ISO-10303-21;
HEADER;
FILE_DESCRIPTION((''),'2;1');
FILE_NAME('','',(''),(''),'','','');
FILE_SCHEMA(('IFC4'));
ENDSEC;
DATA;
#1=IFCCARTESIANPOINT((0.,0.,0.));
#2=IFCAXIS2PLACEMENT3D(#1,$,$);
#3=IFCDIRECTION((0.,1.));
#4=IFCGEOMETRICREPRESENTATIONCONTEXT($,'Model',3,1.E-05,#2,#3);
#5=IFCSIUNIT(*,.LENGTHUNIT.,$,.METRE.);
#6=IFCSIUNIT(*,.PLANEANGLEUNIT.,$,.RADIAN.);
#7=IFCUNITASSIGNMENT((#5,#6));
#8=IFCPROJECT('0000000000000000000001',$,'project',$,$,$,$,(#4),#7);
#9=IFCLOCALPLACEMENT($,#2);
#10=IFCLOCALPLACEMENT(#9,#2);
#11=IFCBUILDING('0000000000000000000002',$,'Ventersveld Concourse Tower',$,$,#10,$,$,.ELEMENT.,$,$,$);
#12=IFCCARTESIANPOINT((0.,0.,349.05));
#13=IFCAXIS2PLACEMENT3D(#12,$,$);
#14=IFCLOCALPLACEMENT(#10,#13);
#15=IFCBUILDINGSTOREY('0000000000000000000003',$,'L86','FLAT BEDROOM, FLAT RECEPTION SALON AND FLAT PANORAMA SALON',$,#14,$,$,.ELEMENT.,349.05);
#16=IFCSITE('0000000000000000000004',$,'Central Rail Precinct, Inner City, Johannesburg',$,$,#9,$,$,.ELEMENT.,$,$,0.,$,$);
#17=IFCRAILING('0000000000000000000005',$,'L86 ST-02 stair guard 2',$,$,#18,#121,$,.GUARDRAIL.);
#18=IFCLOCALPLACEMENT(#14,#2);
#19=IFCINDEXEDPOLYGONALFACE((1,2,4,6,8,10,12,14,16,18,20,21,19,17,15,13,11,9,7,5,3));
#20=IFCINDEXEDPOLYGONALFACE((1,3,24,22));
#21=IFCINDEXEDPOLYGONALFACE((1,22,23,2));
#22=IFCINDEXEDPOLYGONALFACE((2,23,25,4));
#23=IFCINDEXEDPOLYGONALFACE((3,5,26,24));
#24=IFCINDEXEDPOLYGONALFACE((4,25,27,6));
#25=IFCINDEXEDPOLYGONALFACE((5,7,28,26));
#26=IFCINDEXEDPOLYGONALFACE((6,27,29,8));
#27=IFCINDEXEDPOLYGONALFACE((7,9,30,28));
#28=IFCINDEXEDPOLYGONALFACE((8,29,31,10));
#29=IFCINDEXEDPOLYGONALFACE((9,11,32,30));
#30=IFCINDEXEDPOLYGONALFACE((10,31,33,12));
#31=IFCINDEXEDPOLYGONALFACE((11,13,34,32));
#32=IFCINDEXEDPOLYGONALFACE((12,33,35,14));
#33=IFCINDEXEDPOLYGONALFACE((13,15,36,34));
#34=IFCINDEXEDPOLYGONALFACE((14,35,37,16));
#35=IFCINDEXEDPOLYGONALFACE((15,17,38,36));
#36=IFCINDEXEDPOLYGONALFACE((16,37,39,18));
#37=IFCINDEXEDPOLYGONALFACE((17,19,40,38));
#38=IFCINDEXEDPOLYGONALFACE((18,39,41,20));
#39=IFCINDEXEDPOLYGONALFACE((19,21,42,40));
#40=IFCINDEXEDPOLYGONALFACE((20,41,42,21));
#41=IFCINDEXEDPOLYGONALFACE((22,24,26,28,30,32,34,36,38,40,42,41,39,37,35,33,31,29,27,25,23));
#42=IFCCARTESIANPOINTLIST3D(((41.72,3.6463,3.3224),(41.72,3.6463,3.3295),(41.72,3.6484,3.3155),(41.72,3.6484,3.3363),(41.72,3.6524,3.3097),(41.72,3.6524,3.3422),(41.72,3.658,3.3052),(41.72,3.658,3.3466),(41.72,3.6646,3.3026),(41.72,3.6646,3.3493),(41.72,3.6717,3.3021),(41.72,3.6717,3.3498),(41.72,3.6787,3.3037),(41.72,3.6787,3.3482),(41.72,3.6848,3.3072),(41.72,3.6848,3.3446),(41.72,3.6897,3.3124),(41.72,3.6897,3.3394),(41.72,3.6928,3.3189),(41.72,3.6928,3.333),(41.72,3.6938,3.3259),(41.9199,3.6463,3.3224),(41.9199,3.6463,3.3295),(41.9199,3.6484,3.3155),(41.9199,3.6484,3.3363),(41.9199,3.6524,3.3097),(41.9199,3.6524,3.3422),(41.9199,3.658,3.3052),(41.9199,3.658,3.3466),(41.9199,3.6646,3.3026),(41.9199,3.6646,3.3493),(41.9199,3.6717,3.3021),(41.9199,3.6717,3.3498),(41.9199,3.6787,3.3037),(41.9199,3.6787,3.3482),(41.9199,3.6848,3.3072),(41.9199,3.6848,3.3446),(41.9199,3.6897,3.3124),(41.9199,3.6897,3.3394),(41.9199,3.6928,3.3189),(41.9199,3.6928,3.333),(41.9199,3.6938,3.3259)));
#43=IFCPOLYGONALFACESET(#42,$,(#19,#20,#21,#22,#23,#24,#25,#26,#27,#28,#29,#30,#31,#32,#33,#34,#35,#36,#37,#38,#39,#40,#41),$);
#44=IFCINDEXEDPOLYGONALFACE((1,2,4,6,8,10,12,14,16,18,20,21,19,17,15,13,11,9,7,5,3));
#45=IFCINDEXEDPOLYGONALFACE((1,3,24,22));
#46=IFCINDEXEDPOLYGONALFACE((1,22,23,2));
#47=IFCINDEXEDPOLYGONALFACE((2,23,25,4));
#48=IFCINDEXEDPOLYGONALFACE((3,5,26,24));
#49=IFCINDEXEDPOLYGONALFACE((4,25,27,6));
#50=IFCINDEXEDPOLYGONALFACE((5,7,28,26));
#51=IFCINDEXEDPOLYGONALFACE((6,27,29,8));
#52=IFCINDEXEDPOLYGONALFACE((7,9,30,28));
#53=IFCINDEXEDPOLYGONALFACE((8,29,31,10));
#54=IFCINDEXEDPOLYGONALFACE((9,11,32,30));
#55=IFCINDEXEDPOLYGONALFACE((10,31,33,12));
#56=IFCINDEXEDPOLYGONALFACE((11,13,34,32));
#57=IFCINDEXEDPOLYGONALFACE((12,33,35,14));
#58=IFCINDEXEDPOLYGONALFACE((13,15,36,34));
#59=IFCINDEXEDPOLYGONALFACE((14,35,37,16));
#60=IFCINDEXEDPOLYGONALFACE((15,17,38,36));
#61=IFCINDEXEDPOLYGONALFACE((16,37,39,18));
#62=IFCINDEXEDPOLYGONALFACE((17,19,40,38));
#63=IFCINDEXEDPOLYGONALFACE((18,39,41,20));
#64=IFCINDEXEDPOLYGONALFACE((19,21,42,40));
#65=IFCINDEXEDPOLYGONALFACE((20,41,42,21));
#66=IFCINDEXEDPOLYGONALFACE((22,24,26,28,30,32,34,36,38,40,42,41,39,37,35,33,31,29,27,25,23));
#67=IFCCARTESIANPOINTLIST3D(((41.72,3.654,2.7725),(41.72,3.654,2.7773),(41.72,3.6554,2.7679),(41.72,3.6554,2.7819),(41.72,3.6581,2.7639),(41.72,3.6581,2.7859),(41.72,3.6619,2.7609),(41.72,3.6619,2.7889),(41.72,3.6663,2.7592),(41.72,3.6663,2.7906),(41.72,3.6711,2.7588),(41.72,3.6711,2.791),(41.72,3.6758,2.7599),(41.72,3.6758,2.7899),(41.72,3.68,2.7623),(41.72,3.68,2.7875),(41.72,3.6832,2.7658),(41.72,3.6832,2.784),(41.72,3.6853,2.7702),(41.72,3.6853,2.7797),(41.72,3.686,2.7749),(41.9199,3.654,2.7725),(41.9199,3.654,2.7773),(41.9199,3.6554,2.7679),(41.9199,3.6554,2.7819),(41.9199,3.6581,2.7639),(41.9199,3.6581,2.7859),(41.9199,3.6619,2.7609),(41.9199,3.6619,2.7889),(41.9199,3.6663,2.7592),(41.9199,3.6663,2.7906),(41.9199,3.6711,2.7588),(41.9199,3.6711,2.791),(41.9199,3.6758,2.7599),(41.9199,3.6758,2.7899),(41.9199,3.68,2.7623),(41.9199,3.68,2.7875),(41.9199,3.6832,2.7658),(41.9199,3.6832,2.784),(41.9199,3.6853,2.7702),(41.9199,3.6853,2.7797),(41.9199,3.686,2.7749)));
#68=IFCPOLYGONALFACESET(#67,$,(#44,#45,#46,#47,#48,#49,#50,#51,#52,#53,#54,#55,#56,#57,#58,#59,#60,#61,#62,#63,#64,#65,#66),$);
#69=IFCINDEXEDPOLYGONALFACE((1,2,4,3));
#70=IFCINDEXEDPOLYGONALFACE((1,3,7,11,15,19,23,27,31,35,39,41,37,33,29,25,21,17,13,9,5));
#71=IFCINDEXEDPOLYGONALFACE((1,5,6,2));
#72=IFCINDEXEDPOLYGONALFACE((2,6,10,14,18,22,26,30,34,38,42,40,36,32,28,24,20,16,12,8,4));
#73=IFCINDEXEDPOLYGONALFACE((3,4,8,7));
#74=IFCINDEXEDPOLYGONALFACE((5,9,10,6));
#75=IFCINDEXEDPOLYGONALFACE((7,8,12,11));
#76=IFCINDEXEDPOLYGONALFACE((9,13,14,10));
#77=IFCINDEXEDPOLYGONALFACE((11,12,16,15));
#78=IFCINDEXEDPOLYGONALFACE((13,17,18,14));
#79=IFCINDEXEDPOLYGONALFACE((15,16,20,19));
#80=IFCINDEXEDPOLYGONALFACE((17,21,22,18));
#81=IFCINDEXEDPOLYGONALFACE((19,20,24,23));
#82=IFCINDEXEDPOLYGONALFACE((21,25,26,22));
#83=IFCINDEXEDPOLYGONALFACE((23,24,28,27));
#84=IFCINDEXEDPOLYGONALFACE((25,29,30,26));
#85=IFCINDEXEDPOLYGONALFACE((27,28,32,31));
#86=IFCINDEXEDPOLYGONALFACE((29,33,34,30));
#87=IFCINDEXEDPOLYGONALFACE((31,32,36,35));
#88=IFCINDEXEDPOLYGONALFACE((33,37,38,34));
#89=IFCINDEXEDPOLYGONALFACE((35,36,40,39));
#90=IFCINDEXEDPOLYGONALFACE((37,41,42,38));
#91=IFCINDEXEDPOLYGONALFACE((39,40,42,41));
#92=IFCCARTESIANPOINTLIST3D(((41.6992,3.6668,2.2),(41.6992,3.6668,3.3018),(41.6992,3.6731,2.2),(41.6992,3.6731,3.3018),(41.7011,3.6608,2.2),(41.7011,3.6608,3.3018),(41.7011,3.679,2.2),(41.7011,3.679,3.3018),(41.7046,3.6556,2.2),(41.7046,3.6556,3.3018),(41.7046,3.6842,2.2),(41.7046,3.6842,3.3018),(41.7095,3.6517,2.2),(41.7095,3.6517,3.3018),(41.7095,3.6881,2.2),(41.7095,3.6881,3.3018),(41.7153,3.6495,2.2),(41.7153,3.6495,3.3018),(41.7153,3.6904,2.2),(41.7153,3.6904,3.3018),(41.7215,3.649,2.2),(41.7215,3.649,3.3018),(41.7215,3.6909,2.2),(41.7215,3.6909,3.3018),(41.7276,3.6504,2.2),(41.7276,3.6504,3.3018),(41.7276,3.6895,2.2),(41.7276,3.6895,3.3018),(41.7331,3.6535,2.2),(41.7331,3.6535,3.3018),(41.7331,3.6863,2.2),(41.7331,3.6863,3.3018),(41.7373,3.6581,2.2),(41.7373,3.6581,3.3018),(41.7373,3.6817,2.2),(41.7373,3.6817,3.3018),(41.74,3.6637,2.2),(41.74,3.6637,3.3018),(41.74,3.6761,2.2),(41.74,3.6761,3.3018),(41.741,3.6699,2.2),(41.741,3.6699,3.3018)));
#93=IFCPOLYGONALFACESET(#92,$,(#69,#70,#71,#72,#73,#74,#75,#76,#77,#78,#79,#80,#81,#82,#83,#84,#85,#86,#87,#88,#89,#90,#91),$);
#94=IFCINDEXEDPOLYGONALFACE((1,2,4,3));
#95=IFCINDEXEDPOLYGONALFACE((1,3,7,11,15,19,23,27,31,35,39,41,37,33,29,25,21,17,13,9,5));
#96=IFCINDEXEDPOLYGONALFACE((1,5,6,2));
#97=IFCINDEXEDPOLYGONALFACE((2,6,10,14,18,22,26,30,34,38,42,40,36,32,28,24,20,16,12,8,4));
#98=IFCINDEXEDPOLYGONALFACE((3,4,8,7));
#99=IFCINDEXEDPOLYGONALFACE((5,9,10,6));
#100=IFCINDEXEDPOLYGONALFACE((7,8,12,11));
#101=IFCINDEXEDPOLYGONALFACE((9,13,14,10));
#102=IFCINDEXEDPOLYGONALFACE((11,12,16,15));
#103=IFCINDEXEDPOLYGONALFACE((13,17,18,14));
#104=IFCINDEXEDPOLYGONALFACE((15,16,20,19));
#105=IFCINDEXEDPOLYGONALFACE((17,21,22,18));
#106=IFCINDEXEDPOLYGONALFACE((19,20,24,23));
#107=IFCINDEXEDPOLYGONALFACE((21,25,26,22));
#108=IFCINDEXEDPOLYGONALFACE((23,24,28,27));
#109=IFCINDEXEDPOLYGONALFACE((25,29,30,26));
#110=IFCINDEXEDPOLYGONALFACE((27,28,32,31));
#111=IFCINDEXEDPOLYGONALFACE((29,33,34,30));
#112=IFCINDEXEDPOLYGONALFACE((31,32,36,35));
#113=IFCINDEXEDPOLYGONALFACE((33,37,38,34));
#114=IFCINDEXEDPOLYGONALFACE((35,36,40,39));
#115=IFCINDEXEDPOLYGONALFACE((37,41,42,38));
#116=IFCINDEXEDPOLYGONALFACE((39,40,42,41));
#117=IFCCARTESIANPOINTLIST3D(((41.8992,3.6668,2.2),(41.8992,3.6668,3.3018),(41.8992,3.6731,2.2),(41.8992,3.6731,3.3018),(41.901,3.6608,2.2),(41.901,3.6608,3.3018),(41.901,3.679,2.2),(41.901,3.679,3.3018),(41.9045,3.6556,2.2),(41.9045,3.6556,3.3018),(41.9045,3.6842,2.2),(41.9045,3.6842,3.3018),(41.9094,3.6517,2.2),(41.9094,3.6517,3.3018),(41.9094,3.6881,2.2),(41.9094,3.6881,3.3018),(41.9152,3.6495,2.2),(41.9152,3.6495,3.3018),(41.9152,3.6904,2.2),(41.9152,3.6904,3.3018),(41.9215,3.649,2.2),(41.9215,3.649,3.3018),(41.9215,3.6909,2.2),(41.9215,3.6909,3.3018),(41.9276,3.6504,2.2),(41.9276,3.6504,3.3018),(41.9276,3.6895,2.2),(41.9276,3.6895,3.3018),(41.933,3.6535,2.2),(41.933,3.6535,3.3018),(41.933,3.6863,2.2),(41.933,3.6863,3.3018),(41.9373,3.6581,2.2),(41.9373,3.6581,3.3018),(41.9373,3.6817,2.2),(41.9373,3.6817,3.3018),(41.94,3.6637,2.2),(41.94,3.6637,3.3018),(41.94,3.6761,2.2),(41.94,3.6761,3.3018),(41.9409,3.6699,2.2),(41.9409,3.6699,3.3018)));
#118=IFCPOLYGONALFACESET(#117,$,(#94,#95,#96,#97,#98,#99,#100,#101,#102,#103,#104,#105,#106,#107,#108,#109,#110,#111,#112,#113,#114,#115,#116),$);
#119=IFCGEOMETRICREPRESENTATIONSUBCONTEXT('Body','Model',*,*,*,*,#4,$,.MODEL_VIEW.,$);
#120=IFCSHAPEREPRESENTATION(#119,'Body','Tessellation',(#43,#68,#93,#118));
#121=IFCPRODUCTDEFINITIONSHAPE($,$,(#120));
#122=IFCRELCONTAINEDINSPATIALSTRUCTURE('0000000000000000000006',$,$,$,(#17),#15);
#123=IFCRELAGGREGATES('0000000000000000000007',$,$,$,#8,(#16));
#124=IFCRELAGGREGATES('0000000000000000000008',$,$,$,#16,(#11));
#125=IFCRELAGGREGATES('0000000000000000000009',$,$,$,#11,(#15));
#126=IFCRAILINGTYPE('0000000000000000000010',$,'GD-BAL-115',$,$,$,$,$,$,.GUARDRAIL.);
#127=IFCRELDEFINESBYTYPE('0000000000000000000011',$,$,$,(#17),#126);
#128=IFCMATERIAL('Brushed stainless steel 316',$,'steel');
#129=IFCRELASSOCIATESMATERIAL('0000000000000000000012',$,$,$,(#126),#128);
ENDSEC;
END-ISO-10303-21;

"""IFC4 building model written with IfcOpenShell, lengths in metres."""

from ifc_helpers import new_model, si_unit, direction, frame, origin, origin_2d, place, context, subcontext, project, spatial, circle, extrude, material, type_object, element, save


model = new_model("IFC4")

# Units and contexts
model_context = context("Model", 3, precision=1e-05, world=origin(), true_north=direction((0.0, 1.0)))
body_context = subcontext(model_context, "Body", "Model", "MODEL_VIEW")
ifc_project = project(units=[si_unit("LENGTHUNIT", "METRE"), si_unit("PLANEANGLEUNIT", "RADIAN")], contexts=[model_context])

# Site, building, storey
site_placement = place(None, origin())
site = spatial("IfcSite", under=ifc_project, at=site_placement, Name="Central Rail Precinct, Inner City, Johannesburg", CompositionType="ELEMENT", RefElevation=0.0)
building_placement = place(site_placement, origin())
building = spatial("IfcBuilding", under=site, at=building_placement, Name="Ventersveld Concourse Tower", CompositionType="ELEMENT")
storey_placement = place(building_placement, frame((0.0, 0.0, 349.05)))
storey = spatial("IfcBuildingStorey", under=building, at=storey_placement, Name="L86", Description="FLAT BEDROOM, FLAT RECEPTION SALON AND FLAT PANORAMA SALON", CompositionType="ELEMENT", Elevation=349.05)

# Shared definitions
ifc_material_1 = material(Name="Brushed stainless steel 316", Category="steel")

# Railing
railing_type_1 = type_object("IfcRailingType", Name="GD-BAL-115", PredefinedType="GUARDRAIL", material=ifc_material_1)
railing_1_placement = place(storey_placement, frame((41.72, 3.6699, 2.2)))
element("IfcRailing", 1, at=railing_1_placement, inside=storey, type_object=railing_type_1, Name="L86 ST-02 stair guard 2", PredefinedType="GUARDRAIL", context=body_context, shape_type="SweptSolid", body=[
    extrude(circle(Radius=0.0239, at=origin_2d()), frame((0.0, 0.0, 1.126), z_axis=(1.0, 0.0, 0.0), x_axis=(0.0, 1.0, 0.0)), (0.0, 0.0, 1.0), 0.2),
    extrude(circle(Radius=0.0161, at=origin_2d()), frame((0.0, 0.0, 0.575), z_axis=(1.0, 0.0, 0.0), x_axis=(0.0, 1.0, 0.0)), (0.0, 0.0, 1.0), 0.2),
    extrude(circle(Radius=0.021, at=origin_2d()), origin(), (0.0, 0.0, 1.0), 1.1018),
    extrude(circle(Radius=0.021, at=origin_2d()), frame((0.2, 0.0, 0.0)), (0.0, 0.0, 1.0), 1.1018),
])

save(model, "model.ifc")
